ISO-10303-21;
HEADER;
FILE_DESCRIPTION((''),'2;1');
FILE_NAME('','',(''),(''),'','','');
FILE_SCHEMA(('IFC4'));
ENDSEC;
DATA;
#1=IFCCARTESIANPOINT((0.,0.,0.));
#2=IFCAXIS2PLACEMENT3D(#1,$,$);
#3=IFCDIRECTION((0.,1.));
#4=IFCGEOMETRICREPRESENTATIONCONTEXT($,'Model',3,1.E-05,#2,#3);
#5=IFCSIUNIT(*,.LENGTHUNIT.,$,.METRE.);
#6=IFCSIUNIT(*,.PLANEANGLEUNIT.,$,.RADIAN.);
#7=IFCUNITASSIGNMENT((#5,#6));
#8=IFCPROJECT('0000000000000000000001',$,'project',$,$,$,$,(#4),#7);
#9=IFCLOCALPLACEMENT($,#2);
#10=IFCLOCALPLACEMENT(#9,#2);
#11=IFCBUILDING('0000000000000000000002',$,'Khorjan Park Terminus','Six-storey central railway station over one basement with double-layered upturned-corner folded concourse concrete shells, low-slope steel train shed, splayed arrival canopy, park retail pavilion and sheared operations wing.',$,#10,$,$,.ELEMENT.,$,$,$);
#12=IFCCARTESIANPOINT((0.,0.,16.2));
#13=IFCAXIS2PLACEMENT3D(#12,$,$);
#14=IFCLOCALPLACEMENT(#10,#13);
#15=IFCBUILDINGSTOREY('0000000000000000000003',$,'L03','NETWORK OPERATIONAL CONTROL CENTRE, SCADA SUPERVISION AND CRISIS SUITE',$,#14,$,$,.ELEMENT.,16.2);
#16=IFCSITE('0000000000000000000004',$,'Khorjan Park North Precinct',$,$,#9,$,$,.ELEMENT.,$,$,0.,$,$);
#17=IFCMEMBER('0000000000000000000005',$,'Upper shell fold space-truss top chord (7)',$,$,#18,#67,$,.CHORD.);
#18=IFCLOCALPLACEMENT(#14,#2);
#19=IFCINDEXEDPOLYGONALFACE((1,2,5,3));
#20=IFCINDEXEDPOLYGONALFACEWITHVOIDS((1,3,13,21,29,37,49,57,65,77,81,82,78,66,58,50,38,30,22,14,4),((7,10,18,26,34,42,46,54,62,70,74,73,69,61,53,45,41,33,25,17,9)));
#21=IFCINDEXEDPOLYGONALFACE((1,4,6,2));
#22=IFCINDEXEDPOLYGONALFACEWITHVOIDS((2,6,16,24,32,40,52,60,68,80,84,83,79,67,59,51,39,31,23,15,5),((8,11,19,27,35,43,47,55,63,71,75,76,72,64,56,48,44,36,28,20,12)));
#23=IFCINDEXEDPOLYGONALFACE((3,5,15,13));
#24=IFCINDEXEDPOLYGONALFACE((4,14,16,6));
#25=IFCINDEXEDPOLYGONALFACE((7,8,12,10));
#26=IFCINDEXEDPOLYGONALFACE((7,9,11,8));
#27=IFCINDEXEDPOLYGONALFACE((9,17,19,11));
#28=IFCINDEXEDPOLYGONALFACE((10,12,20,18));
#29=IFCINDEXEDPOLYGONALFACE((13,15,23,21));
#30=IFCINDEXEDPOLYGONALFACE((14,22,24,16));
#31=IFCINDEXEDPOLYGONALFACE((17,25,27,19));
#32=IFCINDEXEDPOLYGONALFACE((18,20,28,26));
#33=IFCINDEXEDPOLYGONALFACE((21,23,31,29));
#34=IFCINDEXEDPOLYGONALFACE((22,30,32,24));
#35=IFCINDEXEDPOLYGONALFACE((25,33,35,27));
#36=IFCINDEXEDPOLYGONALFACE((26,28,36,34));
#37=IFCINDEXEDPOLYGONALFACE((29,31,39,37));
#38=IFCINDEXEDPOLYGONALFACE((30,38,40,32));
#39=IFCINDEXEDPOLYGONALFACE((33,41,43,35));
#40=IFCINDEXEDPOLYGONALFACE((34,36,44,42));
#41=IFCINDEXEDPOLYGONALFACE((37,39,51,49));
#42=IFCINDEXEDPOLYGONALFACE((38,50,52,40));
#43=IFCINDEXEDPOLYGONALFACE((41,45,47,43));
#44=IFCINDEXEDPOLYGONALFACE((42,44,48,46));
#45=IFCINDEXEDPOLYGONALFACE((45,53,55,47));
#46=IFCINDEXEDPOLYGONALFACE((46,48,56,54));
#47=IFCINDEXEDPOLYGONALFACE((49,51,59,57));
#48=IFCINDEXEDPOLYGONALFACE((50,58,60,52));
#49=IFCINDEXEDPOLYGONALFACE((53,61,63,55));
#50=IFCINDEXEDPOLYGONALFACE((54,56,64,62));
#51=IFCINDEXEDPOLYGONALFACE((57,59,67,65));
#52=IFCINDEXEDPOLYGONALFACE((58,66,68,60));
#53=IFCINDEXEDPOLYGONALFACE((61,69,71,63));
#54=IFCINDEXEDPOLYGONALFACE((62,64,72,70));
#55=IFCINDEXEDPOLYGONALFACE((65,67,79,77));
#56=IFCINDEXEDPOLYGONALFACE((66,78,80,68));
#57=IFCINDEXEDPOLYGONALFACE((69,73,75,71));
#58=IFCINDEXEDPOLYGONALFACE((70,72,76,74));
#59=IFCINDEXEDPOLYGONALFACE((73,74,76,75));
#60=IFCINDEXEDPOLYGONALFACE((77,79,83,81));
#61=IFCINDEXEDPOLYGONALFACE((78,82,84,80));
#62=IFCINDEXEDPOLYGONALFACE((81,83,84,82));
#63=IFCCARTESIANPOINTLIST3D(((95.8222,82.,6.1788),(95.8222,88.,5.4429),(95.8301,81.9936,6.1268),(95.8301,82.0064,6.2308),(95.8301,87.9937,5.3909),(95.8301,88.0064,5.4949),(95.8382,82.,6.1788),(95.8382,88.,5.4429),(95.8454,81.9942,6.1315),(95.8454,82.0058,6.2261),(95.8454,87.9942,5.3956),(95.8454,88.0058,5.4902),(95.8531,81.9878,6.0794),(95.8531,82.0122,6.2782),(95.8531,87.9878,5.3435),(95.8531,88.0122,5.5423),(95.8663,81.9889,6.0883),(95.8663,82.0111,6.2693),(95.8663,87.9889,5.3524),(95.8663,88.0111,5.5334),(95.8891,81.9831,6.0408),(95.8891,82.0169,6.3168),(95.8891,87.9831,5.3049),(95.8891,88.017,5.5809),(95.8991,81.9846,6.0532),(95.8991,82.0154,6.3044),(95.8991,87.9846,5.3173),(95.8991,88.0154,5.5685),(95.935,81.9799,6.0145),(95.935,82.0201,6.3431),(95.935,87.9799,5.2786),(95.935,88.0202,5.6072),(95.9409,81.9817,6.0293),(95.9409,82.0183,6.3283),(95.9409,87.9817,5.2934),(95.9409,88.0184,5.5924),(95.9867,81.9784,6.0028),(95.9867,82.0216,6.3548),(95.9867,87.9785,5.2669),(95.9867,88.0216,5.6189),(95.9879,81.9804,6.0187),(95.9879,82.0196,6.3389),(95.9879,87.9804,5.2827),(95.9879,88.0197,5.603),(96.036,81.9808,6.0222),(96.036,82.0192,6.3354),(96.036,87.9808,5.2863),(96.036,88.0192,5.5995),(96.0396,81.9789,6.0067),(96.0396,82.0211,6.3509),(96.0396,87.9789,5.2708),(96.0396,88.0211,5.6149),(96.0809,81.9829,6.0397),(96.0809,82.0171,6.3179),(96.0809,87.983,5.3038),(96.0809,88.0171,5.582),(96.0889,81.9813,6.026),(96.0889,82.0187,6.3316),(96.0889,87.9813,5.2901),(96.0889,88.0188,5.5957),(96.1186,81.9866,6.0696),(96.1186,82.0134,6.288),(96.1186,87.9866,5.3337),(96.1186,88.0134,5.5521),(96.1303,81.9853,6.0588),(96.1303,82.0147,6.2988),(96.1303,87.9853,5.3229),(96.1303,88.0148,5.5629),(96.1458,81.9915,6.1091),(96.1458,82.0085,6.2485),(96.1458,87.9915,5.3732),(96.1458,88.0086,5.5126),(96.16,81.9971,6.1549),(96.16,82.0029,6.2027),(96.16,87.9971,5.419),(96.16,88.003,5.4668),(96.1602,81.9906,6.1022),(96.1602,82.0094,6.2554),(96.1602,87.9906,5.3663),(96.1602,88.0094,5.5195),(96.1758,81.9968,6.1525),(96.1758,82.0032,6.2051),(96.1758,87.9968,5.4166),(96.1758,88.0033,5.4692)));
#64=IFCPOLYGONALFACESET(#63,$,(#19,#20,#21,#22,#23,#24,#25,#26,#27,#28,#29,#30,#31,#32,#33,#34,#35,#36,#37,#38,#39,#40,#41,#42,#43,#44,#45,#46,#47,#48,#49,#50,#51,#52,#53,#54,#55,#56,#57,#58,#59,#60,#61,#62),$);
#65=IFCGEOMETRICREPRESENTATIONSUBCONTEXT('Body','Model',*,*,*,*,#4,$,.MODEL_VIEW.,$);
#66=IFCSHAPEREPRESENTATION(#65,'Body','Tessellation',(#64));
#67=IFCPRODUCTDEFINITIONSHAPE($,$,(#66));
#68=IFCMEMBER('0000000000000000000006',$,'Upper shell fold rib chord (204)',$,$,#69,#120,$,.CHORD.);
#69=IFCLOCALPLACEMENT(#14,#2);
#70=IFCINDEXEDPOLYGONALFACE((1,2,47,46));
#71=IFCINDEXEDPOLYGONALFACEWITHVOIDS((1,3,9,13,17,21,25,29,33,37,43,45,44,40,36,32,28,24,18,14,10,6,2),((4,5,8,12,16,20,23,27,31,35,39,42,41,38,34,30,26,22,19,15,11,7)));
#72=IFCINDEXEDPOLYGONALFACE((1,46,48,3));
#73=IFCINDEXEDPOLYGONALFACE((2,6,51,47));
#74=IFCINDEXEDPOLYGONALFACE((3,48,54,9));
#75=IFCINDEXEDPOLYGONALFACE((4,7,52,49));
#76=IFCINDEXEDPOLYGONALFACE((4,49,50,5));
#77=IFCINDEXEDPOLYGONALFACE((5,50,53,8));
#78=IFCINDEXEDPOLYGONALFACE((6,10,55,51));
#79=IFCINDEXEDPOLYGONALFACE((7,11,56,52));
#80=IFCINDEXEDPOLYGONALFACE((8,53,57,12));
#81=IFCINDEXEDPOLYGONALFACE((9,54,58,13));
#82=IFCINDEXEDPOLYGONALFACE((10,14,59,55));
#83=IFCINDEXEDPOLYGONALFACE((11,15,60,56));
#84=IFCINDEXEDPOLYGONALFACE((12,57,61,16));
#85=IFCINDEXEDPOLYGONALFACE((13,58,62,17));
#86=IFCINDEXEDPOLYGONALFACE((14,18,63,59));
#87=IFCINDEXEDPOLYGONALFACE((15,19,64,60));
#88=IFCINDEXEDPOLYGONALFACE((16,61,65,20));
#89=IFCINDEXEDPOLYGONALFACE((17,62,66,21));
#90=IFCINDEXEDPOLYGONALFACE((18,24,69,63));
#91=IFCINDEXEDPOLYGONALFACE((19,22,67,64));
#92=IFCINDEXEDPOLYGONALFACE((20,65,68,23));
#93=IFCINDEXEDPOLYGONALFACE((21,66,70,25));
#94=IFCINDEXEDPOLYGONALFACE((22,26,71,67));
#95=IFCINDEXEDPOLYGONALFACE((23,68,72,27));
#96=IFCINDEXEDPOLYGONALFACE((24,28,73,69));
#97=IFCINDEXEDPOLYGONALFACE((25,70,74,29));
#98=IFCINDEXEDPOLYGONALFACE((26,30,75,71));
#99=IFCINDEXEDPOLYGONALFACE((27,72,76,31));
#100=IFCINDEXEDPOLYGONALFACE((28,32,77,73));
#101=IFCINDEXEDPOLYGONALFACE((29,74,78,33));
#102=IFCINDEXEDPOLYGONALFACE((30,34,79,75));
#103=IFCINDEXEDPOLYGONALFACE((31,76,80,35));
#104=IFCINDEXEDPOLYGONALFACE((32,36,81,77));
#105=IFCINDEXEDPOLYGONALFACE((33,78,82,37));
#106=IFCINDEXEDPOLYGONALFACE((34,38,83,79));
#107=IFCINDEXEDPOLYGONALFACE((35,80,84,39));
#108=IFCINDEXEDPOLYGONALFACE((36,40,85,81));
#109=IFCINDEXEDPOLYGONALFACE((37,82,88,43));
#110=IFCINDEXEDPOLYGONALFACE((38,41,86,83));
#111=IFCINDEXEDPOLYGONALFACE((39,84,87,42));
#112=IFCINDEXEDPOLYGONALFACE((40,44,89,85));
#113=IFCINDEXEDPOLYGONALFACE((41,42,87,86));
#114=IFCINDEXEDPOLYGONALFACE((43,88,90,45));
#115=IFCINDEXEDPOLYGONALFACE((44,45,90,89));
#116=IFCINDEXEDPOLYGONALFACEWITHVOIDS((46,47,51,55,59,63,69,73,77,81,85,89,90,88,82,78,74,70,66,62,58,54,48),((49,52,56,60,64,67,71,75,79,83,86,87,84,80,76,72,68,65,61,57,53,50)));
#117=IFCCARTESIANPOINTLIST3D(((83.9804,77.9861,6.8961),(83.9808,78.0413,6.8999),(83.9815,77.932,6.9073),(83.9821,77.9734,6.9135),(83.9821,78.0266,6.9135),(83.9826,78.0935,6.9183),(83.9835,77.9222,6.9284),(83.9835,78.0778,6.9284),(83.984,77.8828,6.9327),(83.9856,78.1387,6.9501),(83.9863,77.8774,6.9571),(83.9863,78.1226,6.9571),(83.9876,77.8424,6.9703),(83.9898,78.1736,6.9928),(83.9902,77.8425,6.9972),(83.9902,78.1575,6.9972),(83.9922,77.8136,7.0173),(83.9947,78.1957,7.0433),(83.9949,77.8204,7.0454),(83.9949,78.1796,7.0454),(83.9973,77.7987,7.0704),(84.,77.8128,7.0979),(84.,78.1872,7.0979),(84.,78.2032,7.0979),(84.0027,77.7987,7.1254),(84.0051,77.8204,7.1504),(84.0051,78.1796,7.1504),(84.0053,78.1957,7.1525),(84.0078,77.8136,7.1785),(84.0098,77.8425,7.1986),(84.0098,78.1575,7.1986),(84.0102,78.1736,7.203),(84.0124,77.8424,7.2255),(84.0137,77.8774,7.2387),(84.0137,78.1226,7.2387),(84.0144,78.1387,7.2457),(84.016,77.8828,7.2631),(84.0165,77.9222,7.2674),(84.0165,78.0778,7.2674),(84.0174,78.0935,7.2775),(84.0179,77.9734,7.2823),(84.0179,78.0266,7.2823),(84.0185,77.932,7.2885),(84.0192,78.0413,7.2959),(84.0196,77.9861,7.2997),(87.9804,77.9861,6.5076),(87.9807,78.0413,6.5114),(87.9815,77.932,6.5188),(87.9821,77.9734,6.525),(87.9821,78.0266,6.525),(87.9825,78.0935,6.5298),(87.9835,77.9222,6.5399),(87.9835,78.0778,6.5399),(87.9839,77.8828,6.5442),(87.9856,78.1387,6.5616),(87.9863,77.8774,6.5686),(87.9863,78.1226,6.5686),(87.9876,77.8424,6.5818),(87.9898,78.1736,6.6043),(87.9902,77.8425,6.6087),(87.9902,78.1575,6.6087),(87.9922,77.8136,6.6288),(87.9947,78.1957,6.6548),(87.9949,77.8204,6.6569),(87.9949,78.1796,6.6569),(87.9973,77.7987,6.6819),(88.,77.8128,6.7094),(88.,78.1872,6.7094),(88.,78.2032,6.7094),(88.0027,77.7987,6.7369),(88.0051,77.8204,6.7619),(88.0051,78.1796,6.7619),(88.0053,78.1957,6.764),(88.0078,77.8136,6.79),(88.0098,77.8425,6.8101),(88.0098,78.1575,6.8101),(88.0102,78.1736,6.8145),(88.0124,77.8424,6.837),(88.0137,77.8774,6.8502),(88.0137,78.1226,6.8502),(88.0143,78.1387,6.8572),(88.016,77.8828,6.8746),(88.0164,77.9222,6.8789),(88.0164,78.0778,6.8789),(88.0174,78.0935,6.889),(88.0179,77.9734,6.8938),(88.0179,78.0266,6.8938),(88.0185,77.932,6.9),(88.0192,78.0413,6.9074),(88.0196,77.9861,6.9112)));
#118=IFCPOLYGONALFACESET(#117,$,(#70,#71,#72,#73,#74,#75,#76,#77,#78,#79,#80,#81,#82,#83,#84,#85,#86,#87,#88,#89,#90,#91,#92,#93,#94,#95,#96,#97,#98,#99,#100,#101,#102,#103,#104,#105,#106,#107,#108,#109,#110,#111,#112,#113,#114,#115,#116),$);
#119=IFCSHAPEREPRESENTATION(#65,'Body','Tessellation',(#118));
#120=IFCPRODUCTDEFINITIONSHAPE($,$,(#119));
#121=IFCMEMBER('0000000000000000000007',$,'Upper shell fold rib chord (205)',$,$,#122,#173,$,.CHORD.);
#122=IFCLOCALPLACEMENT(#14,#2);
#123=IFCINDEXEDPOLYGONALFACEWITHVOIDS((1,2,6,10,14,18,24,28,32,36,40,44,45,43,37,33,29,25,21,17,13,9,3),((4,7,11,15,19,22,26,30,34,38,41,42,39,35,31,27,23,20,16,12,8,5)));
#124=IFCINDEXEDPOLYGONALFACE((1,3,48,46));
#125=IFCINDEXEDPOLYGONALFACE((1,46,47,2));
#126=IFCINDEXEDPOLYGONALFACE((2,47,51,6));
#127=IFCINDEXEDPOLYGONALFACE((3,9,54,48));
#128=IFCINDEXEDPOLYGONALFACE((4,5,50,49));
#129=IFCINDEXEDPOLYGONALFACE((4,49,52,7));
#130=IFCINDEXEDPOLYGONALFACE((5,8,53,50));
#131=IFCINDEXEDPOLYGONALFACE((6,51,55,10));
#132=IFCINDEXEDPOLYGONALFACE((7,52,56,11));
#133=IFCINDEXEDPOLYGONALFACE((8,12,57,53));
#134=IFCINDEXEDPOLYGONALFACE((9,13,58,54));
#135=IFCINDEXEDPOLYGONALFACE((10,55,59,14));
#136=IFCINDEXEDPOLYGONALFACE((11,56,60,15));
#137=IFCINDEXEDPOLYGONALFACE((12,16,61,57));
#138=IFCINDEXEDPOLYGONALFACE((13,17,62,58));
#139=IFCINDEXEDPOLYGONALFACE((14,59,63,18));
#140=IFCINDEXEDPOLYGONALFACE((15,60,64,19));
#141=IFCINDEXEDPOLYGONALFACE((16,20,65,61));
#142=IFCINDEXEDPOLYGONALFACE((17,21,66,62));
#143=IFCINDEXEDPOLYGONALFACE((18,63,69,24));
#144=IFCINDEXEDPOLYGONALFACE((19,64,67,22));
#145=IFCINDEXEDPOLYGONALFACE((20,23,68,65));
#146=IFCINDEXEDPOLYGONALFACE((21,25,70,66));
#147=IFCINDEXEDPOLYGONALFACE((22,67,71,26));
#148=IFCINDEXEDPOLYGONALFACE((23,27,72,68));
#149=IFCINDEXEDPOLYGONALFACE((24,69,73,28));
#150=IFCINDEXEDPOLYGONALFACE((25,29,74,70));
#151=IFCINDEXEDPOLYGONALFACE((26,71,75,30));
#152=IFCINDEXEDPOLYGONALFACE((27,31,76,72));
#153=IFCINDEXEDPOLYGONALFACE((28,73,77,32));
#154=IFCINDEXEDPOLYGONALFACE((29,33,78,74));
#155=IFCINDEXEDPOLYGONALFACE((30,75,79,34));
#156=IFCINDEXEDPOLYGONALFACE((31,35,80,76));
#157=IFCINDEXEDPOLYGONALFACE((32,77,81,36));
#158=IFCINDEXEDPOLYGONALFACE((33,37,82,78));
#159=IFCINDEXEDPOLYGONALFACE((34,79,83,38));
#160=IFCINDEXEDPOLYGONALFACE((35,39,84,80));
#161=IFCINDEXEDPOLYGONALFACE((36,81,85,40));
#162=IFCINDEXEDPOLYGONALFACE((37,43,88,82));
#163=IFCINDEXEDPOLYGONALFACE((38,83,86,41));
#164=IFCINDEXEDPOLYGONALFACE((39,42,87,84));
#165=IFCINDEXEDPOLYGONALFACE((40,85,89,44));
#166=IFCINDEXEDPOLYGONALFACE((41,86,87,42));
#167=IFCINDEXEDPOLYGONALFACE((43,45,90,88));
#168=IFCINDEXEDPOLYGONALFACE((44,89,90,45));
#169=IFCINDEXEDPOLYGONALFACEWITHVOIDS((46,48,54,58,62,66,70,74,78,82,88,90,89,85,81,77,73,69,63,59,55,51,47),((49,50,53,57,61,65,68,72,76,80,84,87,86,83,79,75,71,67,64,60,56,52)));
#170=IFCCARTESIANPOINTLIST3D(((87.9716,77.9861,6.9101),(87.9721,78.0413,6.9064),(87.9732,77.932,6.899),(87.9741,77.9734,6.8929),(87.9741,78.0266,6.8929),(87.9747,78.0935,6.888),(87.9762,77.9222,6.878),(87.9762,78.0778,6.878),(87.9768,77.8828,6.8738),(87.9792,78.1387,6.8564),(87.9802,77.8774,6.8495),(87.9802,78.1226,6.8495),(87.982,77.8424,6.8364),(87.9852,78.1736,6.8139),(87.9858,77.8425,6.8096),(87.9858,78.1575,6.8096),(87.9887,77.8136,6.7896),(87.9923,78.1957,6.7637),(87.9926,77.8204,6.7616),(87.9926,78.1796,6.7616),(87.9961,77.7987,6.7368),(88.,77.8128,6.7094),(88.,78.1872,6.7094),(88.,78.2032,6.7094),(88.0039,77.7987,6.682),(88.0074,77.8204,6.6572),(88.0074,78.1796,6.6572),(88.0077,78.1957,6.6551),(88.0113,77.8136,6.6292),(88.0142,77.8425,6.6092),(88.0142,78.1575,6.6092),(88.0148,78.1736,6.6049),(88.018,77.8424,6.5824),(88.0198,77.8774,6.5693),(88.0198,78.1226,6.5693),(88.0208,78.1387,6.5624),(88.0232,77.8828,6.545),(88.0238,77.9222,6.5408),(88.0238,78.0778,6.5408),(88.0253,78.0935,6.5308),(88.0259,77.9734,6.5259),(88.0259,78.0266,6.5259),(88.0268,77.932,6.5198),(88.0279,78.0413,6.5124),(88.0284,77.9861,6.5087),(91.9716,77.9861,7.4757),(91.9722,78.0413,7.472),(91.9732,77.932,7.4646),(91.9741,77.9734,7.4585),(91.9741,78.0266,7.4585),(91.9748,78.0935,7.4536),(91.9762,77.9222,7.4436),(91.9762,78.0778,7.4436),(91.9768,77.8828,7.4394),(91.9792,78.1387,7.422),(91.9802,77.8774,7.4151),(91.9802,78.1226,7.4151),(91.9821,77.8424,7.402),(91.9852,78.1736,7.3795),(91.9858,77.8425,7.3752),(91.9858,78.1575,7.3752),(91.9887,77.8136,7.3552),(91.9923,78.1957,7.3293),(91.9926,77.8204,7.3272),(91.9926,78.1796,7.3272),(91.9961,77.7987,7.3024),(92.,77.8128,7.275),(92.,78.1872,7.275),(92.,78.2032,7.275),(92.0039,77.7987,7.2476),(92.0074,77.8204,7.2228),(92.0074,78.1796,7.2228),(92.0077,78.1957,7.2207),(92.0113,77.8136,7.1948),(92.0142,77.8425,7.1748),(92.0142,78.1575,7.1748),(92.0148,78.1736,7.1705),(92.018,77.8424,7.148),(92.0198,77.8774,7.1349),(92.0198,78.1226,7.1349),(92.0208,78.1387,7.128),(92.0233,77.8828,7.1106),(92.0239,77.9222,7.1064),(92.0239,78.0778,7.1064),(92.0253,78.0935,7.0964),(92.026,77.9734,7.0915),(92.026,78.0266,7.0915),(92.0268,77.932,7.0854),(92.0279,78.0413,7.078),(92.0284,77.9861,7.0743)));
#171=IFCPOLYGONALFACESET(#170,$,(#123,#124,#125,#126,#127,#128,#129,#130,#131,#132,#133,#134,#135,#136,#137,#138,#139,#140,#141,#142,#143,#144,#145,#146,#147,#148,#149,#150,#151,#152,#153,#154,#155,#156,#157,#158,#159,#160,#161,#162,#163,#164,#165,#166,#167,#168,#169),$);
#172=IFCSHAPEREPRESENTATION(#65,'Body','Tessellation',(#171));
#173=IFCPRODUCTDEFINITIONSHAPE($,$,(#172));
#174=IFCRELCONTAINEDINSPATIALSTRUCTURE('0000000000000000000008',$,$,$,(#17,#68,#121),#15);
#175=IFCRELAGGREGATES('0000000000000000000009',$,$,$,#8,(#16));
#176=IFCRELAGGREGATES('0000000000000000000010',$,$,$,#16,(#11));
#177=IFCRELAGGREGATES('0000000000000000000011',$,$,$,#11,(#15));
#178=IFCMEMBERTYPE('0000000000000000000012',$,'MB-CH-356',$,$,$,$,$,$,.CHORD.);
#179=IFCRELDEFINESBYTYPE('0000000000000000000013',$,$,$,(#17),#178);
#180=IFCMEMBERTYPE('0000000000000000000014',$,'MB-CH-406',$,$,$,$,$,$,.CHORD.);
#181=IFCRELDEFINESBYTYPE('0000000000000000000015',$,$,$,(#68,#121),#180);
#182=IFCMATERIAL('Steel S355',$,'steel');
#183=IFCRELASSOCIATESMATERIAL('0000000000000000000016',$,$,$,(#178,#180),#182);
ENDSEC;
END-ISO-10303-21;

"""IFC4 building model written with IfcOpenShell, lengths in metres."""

from ifc_helpers import new_model, si_unit, direction, frame, origin, origin_2d, place, context, subcontext, project, spatial, hollow_circle, extrude, material, material_profile, profile_set, type_object, element, save


model = new_model("IFC4")

# Units and contexts
model_context = context("Model", 3, precision=1e-05, world=origin(), true_north=direction((0.0, 1.0)))
body_context = subcontext(model_context, "Body", "Model", "MODEL_VIEW")
ifc_project = project(units=[si_unit("LENGTHUNIT", "METRE"), si_unit("PLANEANGLEUNIT", "RADIAN")], contexts=[model_context])

# Site, building, storey
site_placement = place(None, origin())
site = spatial("IfcSite", under=ifc_project, at=site_placement, Name="Khorjan Park North Precinct", CompositionType="ELEMENT", RefElevation=0.0)
building_placement = place(site_placement, origin())
building = spatial("IfcBuilding", under=site, at=building_placement, Name="Khorjan Park Terminus", Description="Six-storey central railway station over one basement with double-layered upturned-corner folded concourse concrete shells, low-slope steel train shed, splayed arrival canopy, park retail pavilion and sheared operations wing.", CompositionType="ELEMENT")
storey_placement = place(building_placement, frame((0.0, 0.0, 16.2)))
storey = spatial("IfcBuildingStorey", under=building, at=storey_placement, Name="L03", Description="NETWORK OPERATIONAL CONTROL CENTRE, SCADA SUPERVISION AND CRISIS SUITE", CompositionType="ELEMENT", Elevation=16.2)

# Members
ifc_material = material(Name="Steel S355", Category="steel")
ifc_material_profile_1 = material_profile(ifc_material, hollow_circle(Radius=0.1778, WallThickness=0.016, at=origin_2d()), Name="CHS 355.6x16")
ifc_profile_set_1 = profile_set([ifc_material_profile_1], Name="Steel S355")
member_type_1 = type_object("IfcMemberType", Name="MB-CH-356", PredefinedType="CHORD", material=ifc_profile_set_1)
for number, where, z_axis, x_axis, name in (
    (1, (96.0, 82.0, 6.1788), (0.0, 0.992562, -0.121738), (-1.0, 0.0, 0.0), "Upper shell fold space-truss top chord (7)"),
):
    element("IfcMember", number, at=place(storey_placement, frame(where, z_axis=z_axis, x_axis=x_axis)), inside=storey, type_object=member_type_1, Name=name, PredefinedType="CHORD", context=body_context, shape_type="SweptSolid", body=[
        extrude(hollow_circle(Radius=0.1778, WallThickness=0.016, at=origin_2d()), origin(), (0.0, 0.0, 1.0), 6.045),
    ])
ifc_material_profile_2 = material_profile(ifc_material, hollow_circle(Radius=0.2032, WallThickness=0.016, at=origin_2d()), Name="CHS 406.4x16")
ifc_profile_set_2 = profile_set([ifc_material_profile_2], Name="Steel S355")
member_type_2 = type_object("IfcMemberType", Name="MB-CH-406", PredefinedType="CHORD", material=ifc_profile_set_2)
member_1_placement = place(storey_placement, frame((84.0, 78.0, 7.0979), z_axis=(0.995316, 0.0, -0.09667), x_axis=(0.0, 1.0, 0.0)))
element("IfcMember", 2, at=member_1_placement, inside=storey, type_object=member_type_2, Name="Upper shell fold rib chord (204)", PredefinedType="CHORD", context=body_context, shape_type="SweptSolid", body=[
    extrude(hollow_circle(Radius=0.2032, WallThickness=0.016, at=origin_2d()), origin(), (0.0, 0.0, 1.0), 4.0188),
])
for number, where, z_axis, x_axis, name in (
    (3, (88.0, 78.0, 6.7094), (0.99015, 0.0, 0.140007), (0.0, 1.0, 0.0), "Upper shell fold rib chord (205)"),
):
    element("IfcMember", number, at=place(storey_placement, frame(where, z_axis=z_axis, x_axis=x_axis)), inside=storey, type_object=member_type_2, Name=name, PredefinedType="CHORD", context=body_context, shape_type="SweptSolid", body=[
        extrude(hollow_circle(Radius=0.2032, WallThickness=0.016, at=origin_2d()), origin(), (0.0, 0.0, 1.0), 4.0398),
    ])

save(model, "model.ifc")
